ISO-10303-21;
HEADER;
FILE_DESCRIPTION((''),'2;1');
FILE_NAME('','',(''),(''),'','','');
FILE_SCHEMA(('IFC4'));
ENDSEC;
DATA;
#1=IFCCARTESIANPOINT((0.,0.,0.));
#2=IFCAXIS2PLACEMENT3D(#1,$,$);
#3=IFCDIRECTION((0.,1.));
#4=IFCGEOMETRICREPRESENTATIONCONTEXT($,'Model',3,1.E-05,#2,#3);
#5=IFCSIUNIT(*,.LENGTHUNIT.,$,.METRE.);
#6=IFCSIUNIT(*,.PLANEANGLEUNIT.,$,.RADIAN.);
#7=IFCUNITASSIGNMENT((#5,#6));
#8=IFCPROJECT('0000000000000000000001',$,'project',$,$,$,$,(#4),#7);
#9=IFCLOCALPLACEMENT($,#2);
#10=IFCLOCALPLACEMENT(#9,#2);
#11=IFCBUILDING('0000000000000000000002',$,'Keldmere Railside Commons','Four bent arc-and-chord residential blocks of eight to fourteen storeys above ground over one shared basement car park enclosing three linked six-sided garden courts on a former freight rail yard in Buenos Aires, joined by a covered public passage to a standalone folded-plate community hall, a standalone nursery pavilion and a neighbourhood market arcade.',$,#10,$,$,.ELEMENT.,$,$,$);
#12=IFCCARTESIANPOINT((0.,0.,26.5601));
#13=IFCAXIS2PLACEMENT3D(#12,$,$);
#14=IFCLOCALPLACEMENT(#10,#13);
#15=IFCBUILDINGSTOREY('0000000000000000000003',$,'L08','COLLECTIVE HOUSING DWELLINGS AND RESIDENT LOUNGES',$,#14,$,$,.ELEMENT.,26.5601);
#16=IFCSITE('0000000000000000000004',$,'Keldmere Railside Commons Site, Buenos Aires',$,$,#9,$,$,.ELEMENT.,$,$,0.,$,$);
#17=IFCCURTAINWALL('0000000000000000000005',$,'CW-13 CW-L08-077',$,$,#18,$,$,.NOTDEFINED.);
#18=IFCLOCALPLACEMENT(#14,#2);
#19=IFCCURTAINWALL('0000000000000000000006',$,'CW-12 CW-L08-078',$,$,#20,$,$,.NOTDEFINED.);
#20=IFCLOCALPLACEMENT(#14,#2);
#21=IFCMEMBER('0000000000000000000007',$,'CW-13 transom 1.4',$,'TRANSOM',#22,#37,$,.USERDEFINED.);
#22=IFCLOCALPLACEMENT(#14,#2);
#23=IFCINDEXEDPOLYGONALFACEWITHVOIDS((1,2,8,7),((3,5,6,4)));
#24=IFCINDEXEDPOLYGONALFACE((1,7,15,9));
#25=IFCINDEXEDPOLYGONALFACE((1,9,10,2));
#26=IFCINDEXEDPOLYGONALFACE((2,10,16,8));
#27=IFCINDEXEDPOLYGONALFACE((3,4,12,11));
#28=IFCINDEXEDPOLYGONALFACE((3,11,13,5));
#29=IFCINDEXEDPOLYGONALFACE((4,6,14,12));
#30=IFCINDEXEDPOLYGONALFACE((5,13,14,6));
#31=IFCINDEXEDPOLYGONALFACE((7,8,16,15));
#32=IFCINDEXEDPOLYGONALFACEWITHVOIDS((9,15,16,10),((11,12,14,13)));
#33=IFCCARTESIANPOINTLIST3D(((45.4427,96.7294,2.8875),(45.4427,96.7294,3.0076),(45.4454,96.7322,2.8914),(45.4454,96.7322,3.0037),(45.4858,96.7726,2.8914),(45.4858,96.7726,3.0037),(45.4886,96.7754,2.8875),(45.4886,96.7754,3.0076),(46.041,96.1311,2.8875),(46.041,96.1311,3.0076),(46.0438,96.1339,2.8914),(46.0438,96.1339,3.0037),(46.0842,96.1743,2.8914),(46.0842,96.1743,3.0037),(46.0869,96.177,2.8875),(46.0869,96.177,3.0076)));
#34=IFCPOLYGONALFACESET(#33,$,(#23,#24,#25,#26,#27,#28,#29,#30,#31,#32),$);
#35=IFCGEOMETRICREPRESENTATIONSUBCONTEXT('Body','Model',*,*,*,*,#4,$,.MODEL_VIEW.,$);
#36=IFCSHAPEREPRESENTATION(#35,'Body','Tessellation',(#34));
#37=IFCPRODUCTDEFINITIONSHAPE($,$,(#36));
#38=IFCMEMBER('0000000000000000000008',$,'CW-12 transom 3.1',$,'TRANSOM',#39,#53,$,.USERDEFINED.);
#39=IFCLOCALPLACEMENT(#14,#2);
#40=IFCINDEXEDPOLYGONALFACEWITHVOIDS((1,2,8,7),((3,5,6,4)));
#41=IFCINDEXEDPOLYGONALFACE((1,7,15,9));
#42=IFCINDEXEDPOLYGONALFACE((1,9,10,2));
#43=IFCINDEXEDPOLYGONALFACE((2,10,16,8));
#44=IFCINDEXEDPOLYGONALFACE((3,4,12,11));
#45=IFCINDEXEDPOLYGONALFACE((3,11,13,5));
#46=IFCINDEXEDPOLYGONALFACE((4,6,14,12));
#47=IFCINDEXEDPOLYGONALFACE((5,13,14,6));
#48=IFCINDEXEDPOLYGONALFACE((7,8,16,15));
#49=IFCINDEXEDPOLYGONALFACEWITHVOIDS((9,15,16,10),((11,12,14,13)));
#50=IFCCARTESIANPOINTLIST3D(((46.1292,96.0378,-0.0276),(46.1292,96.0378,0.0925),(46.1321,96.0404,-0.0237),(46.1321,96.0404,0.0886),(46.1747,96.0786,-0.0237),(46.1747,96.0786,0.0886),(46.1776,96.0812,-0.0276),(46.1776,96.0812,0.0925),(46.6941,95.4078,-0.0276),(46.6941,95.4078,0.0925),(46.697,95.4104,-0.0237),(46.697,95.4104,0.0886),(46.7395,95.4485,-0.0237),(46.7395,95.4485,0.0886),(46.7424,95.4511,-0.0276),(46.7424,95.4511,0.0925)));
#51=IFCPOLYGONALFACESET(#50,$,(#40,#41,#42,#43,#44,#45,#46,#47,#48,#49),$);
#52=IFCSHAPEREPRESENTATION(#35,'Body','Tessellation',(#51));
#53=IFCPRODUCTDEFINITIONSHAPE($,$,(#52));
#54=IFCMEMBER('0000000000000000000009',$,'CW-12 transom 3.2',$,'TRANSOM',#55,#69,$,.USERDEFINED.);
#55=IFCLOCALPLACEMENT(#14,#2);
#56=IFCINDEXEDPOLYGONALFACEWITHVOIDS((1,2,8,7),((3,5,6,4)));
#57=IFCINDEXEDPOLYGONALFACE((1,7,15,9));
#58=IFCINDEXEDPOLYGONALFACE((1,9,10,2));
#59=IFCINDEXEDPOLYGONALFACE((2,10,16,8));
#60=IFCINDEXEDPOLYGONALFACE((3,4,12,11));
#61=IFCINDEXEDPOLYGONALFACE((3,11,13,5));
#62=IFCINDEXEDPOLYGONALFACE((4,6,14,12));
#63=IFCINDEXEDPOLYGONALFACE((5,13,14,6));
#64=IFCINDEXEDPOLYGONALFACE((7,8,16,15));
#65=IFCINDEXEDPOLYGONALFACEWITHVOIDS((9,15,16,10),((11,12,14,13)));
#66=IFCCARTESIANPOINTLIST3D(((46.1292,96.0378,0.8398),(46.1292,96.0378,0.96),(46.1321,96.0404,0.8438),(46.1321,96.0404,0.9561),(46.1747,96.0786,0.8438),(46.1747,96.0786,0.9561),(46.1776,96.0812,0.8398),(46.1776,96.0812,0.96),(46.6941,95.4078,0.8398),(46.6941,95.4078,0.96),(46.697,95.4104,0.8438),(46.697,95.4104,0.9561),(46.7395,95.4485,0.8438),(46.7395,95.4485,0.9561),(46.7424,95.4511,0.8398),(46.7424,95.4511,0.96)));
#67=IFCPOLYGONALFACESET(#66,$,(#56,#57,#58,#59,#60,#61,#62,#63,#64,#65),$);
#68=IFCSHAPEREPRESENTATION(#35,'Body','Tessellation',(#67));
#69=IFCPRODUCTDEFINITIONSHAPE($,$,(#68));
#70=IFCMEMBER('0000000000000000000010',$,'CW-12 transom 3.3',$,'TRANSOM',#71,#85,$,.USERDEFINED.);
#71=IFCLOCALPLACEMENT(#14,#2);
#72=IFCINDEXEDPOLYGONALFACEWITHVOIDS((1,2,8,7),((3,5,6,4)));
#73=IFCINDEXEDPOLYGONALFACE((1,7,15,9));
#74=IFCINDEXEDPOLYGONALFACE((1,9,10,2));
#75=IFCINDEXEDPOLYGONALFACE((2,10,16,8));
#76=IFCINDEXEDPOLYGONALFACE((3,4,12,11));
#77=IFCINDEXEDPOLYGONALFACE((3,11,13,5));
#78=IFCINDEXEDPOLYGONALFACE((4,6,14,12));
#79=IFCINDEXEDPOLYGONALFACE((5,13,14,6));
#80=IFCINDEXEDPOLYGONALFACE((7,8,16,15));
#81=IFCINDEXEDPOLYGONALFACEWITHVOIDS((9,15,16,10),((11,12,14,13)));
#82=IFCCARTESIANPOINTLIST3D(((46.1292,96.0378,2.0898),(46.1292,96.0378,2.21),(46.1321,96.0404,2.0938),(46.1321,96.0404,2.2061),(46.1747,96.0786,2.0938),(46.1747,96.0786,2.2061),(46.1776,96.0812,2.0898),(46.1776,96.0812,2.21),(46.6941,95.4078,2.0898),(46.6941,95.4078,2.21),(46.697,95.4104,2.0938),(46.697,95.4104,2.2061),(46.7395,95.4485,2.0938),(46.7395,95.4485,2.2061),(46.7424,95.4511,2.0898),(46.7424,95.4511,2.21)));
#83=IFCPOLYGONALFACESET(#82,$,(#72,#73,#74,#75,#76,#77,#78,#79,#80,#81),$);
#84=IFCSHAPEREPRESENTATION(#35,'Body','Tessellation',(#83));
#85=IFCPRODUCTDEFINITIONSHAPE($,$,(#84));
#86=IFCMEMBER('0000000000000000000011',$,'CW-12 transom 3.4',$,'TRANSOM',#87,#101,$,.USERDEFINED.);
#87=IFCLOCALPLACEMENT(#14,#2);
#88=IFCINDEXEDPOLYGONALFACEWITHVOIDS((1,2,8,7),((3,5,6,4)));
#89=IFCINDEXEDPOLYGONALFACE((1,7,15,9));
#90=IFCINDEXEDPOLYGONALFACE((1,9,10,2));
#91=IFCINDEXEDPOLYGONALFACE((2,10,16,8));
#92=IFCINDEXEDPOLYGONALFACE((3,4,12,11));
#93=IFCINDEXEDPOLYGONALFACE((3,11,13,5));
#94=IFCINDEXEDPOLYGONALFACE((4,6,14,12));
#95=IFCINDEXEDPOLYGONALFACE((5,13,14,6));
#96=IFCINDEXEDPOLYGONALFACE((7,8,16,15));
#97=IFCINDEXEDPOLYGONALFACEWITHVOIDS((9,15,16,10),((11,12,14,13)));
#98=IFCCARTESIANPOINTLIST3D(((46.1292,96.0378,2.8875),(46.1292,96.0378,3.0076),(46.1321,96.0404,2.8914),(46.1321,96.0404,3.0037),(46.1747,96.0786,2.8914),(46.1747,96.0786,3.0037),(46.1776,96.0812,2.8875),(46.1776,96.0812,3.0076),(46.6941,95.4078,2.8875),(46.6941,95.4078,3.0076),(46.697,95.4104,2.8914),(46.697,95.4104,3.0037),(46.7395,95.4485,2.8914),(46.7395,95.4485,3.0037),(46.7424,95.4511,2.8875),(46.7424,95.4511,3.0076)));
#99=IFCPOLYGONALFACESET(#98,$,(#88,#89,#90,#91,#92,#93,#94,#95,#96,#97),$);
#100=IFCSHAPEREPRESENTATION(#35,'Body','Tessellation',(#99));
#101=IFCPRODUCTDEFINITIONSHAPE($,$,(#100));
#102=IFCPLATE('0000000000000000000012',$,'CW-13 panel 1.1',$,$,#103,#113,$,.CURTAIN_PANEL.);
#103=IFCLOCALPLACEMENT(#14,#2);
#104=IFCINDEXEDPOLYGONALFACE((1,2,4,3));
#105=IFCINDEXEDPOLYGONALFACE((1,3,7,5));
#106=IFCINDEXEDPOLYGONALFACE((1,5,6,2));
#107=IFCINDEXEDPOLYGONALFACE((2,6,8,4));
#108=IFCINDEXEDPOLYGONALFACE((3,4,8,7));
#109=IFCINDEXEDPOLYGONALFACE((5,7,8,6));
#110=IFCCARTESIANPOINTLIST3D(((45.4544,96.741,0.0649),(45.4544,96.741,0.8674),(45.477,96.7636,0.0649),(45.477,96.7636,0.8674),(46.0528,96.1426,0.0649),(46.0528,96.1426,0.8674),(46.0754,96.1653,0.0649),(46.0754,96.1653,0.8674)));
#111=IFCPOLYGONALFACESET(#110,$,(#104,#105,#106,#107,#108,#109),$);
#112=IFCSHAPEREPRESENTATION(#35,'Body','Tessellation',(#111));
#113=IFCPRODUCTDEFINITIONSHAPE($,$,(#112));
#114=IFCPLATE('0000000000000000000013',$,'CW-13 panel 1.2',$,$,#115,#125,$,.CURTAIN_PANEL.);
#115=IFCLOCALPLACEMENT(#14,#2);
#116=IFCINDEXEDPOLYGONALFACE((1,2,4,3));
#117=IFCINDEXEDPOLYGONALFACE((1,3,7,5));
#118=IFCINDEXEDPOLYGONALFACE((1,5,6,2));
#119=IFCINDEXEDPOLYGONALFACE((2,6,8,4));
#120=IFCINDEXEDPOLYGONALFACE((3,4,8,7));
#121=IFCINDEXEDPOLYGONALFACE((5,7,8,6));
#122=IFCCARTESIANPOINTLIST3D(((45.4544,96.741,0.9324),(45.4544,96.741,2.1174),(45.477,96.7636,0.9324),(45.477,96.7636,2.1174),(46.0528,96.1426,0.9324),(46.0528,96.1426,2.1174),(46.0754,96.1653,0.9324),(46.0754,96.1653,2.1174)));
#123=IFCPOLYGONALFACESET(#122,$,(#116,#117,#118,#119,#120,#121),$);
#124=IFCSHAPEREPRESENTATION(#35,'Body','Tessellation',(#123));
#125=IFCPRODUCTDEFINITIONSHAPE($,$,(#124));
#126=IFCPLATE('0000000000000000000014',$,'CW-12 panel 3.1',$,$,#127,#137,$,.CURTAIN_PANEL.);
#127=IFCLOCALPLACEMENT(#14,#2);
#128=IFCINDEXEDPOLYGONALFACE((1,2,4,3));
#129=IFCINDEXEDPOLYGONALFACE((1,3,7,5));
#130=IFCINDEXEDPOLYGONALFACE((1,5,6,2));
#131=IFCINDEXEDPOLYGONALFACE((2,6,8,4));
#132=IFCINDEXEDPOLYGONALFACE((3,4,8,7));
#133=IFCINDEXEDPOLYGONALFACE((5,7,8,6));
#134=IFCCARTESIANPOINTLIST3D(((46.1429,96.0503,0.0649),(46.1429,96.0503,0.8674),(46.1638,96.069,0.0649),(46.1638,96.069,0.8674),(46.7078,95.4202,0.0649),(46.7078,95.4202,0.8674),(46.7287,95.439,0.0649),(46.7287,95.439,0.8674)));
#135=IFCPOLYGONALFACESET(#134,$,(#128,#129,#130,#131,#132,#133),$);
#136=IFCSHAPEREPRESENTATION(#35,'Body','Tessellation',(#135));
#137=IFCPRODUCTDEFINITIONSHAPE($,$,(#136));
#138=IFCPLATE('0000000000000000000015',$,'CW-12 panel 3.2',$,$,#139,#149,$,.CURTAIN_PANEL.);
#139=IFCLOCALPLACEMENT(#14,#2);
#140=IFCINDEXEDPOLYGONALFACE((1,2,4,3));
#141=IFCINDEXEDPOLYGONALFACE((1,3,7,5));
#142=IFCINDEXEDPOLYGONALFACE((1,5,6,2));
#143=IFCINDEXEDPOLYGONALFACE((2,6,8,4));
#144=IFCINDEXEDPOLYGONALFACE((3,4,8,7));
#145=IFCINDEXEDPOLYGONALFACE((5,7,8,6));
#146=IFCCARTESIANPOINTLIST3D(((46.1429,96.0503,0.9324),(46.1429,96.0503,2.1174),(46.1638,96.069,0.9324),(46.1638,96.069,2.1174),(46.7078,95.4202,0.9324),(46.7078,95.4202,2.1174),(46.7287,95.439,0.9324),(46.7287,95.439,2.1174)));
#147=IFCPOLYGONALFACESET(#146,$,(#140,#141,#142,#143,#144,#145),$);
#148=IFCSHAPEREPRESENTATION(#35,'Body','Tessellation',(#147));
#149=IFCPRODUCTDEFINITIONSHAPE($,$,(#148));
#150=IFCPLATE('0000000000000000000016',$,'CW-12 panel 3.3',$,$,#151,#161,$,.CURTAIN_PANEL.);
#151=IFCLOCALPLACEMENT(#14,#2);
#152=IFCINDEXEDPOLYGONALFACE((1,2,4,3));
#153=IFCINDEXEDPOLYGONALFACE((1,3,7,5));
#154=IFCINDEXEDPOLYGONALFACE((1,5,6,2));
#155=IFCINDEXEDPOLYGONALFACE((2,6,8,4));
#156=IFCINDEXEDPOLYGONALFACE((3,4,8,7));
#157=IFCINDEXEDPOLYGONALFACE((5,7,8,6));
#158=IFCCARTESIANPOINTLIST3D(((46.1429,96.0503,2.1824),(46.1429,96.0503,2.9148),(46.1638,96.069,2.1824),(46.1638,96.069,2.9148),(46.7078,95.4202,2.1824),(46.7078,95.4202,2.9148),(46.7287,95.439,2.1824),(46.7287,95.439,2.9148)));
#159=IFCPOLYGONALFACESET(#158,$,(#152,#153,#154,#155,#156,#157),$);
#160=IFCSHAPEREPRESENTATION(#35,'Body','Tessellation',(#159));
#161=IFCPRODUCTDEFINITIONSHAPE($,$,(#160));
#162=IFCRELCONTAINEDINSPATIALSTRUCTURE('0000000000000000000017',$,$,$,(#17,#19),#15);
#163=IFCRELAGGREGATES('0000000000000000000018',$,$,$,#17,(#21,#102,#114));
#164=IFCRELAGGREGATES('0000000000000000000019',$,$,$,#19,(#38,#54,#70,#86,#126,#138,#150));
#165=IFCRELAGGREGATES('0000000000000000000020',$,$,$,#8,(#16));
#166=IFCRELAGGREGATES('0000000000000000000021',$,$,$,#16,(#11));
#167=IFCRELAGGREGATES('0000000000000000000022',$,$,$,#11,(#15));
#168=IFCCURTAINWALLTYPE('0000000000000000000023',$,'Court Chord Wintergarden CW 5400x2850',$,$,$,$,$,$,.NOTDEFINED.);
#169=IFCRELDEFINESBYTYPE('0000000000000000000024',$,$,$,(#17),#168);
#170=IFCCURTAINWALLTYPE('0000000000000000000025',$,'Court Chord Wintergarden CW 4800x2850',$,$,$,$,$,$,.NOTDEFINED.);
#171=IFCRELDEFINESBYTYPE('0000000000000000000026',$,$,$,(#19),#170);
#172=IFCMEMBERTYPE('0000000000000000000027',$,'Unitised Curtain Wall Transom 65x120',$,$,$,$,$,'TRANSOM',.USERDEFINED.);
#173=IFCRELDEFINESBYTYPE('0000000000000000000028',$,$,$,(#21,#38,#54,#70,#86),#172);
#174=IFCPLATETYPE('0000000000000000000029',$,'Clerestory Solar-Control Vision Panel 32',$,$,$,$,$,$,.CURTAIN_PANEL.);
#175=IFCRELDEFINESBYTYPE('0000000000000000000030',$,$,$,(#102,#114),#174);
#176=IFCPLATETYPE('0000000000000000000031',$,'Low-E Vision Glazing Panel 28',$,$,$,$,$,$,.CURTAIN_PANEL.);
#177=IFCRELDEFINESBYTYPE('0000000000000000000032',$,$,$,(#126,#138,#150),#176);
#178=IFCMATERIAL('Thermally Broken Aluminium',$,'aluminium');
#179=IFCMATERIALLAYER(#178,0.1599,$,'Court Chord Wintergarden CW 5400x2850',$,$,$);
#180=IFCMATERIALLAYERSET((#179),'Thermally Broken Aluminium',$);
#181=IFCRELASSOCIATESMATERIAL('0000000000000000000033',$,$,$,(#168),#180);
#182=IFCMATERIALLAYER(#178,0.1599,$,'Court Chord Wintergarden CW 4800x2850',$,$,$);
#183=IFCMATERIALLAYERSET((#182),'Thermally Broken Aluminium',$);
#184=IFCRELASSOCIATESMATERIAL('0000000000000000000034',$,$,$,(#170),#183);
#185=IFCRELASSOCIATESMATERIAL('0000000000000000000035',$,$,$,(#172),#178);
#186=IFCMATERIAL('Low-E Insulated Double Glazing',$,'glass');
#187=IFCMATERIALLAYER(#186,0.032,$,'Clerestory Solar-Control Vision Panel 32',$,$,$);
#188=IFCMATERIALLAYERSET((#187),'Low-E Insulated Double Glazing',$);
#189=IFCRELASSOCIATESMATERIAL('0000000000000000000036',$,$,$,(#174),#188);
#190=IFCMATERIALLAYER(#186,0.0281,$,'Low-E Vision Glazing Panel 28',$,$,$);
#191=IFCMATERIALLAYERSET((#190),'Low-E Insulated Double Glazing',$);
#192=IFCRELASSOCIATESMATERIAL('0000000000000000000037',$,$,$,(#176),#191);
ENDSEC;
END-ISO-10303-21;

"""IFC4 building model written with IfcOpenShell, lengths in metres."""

from ifc_helpers import new_model, si_unit, direction, frame, origin, origin_2d, place, context, subcontext, project, spatial, rectangle, hollow_rectangle, extrude, material, layer, layer_set, material_profile, profile_set, type_object, element, aggregate, save


model = new_model("IFC4")

# Units and contexts
model_context = context("Model", 3, precision=1e-05, world=origin(), true_north=direction((0.0, 1.0)))
body_context = subcontext(model_context, "Body", "Model", "MODEL_VIEW")
ifc_project = project(units=[si_unit("LENGTHUNIT", "METRE"), si_unit("PLANEANGLEUNIT", "RADIAN")], contexts=[model_context])

# Site, building, storey
site_placement = place(None, origin())
site = spatial("IfcSite", under=ifc_project, at=site_placement, Name="Keldmere Railside Commons Site, Buenos Aires", CompositionType="ELEMENT", RefElevation=0.0)
building_placement = place(site_placement, origin())
building = spatial("IfcBuilding", under=site, at=building_placement, Name="Keldmere Railside Commons", Description="Four bent arc-and-chord residential blocks of eight to fourteen storeys above ground over one shared basement car park enclosing three linked six-sided garden courts on a former freight rail yard in Buenos Aires, joined by a covered public passage to a standalone folded-plate community hall, a standalone nursery pavilion and a neighbourhood market arcade.", CompositionType="ELEMENT")
storey_placement = place(building_placement, frame((0.0, 0.0, 26.5601)))
storey = spatial("IfcBuildingStorey", under=building, at=storey_placement, Name="L08", Description="COLLECTIVE HOUSING DWELLINGS AND RESIDENT LOUNGES", CompositionType="ELEMENT", Elevation=26.5601)

# Curtain wall
ifc_material_1 = material(Name="Thermally Broken Aluminium", Category="aluminium")
ifc_layer_1 = layer(ifc_material_1, 0.1599, Name="Court Chord Wintergarden CW 5400x2850")
ifc_layer_set_1 = layer_set([ifc_layer_1], Name="Thermally Broken Aluminium")
curtain_wall_type_1 = type_object("IfcCurtainWallType", Name="Court Chord Wintergarden CW 5400x2850", PredefinedType="NOTDEFINED", material=ifc_layer_set_1)
curtain_wall_1_placement = place(storey_placement, origin())
curtain_wall_1 = element("IfcCurtainWall", 1, at=curtain_wall_1_placement, inside=storey, type_object=curtain_wall_type_1, Name="CW-13 CW-L08-077", PredefinedType="NOTDEFINED")

# Curtain wall
ifc_layer_2 = layer(ifc_material_1, 0.1599, Name="Court Chord Wintergarden CW 4800x2850")
ifc_layer_set_2 = layer_set([ifc_layer_2], Name="Thermally Broken Aluminium")
curtain_wall_type_2 = type_object("IfcCurtainWallType", Name="Court Chord Wintergarden CW 4800x2850", PredefinedType="NOTDEFINED", material=ifc_layer_set_2)
curtain_wall_2_placement = place(storey_placement, origin())
curtain_wall_2 = element("IfcCurtainWall", 2, at=curtain_wall_2_placement, inside=storey, type_object=curtain_wall_type_2, Name="CW-12 CW-L08-078", PredefinedType="NOTDEFINED")

# Members
ifc_material_profile_1 = material_profile(ifc_material_1, hollow_rectangle(XDim=0.0649, YDim=0.1201, WallThickness=0.0039, at=origin_2d()), Name="ALU-TRAN-65x120")
ifc_profile_set_1 = profile_set([ifc_material_profile_1], Name="Thermally Broken Aluminium")
member_type_1 = type_object("IfcMemberType", Name="Unitised Curtain Wall Transom 65x120", ElementType="TRANSOM", PredefinedType="USERDEFINED", material=ifc_profile_set_1)
member_1_placement = place(storey_placement, frame((46.064, 96.1541, 2.9475), z_axis=(-0.707107, 0.707107, 0.0), x_axis=(-0.707107, -0.707107, 0.0)))
member_1 = element("IfcMember", 3, at=member_1_placement, type_object=member_type_1, Name="CW-13 transom 1.4", ObjectType="TRANSOM", PredefinedType="USERDEFINED", context=body_context, shape_type="SweptSolid", body=[
    extrude(hollow_rectangle(XDim=0.0649, YDim=0.1201, WallThickness=0.0039, at=origin_2d()), origin(), (0.0, 0.0, 1.0), 0.8462),
])
member_2_placement = place(storey_placement, frame((46.7183, 95.4294, 0.0325), z_axis=(-0.667545, 0.744569, 0.0), x_axis=(-0.744569, -0.667545, 0.0)))
member_2 = element("IfcMember", 4, at=member_2_placement, type_object=member_type_1, Name="CW-12 transom 3.1", ObjectType="TRANSOM", PredefinedType="USERDEFINED", context=body_context, shape_type="SweptSolid", body=[
    extrude(hollow_rectangle(XDim=0.0649, YDim=0.1201, WallThickness=0.0039, at=origin_2d()), origin(), (0.0, 0.0, 1.0), 0.8462),
])
member_3_placement = place(storey_placement, frame((46.7183, 95.4294, 0.8999), z_axis=(-0.667545, 0.744569, 0.0), x_axis=(-0.744569, -0.667545, 0.0)))
member_3 = element("IfcMember", 5, at=member_3_placement, type_object=member_type_1, Name="CW-12 transom 3.2", ObjectType="TRANSOM", PredefinedType="USERDEFINED", context=body_context, shape_type="SweptSolid", body=[
    extrude(hollow_rectangle(XDim=0.0649, YDim=0.1201, WallThickness=0.0039, at=origin_2d()), origin(), (0.0, 0.0, 1.0), 0.8462),
])
member_4_placement = place(storey_placement, frame((46.7183, 95.4294, 2.1499), z_axis=(-0.667545, 0.744569, 0.0), x_axis=(-0.744569, -0.667545, 0.0)))
member_4 = element("IfcMember", 6, at=member_4_placement, type_object=member_type_1, Name="CW-12 transom 3.3", ObjectType="TRANSOM", PredefinedType="USERDEFINED", context=body_context, shape_type="SweptSolid", body=[
    extrude(hollow_rectangle(XDim=0.0649, YDim=0.1201, WallThickness=0.0039, at=origin_2d()), origin(), (0.0, 0.0, 1.0), 0.8462),
])
member_5_placement = place(storey_placement, frame((46.7183, 95.4294, 2.9475), z_axis=(-0.667545, 0.744569, 0.0), x_axis=(-0.744569, -0.667545, 0.0)))
member_5 = element("IfcMember", 7, at=member_5_placement, type_object=member_type_1, Name="CW-12 transom 3.4", ObjectType="TRANSOM", PredefinedType="USERDEFINED", context=body_context, shape_type="SweptSolid", body=[
    extrude(hollow_rectangle(XDim=0.0649, YDim=0.1201, WallThickness=0.0039, at=origin_2d()), origin(), (0.0, 0.0, 1.0), 0.8462),
])

# Plates
ifc_material_2 = material(Name="Low-E Insulated Double Glazing", Category="glass")
ifc_layer_3 = layer(ifc_material_2, 0.032, Name="Clerestory Solar-Control Vision Panel 32")
ifc_layer_set_3 = layer_set([ifc_layer_3], Name="Low-E Insulated Double Glazing")
plate_type_1 = type_object("IfcPlateType", Name="Clerestory Solar-Control Vision Panel 32", PredefinedType="CURTAIN_PANEL", material=ifc_layer_set_3)
plate_1_placement = place(storey_placement, frame((45.7649, 96.4531, 0.0649), z_axis=(0.0, 0.0, 1.0), x_axis=(-0.707107, 0.707107, 0.0)))
plate_1 = element("IfcPlate", 8, at=plate_1_placement, type_object=plate_type_1, Name="CW-13 panel 1.1", PredefinedType="CURTAIN_PANEL", context=body_context, shape_type="SweptSolid", body=[
    extrude(rectangle(XDim=0.8462, YDim=0.032, at=origin_2d()), origin(), (0.0, 0.0, 1.0), 0.8025),
])
plate_2_placement = place(storey_placement, frame((45.7649, 96.4531, 0.9324), z_axis=(0.0, 0.0, 1.0), x_axis=(-0.707107, 0.707107, 0.0)))
plate_2 = element("IfcPlate", 9, at=plate_2_placement, type_object=plate_type_1, Name="CW-13 panel 1.2", PredefinedType="CURTAIN_PANEL", context=body_context, shape_type="SweptSolid", body=[
    extrude(rectangle(XDim=0.8462, YDim=0.032, at=origin_2d()), origin(), (0.0, 0.0, 1.0), 1.1851),
])
aggregate(curtain_wall_1, [member_1, plate_1, plate_2])
ifc_layer_4 = layer(ifc_material_2, 0.0281, Name="Low-E Vision Glazing Panel 28")
ifc_layer_set_4 = layer_set([ifc_layer_4], Name="Low-E Insulated Double Glazing")
plate_type_2 = type_object("IfcPlateType", Name="Low-E Vision Glazing Panel 28", PredefinedType="CURTAIN_PANEL", material=ifc_layer_set_4)
plate_3_placement = place(storey_placement, frame((46.4358, 95.7446, 0.0649), z_axis=(0.0, 0.0, 1.0), x_axis=(-0.667559, 0.744557, 0.0)))
plate_3 = element("IfcPlate", 10, at=plate_3_placement, type_object=plate_type_2, Name="CW-12 panel 3.1", PredefinedType="CURTAIN_PANEL", context=body_context, shape_type="SweptSolid", body=[
    extrude(rectangle(XDim=0.8462, YDim=0.0281, at=origin_2d()), origin(), (0.0, 0.0, 1.0), 0.8025),
])
plate_4_placement = place(storey_placement, frame((46.4358, 95.7446, 0.9324), z_axis=(0.0, 0.0, 1.0), x_axis=(-0.667559, 0.744557, 0.0)))
plate_4 = element("IfcPlate", 11, at=plate_4_placement, type_object=plate_type_2, Name="CW-12 panel 3.2", PredefinedType="CURTAIN_PANEL", context=body_context, shape_type="SweptSolid", body=[
    extrude(rectangle(XDim=0.8462, YDim=0.0281, at=origin_2d()), origin(), (0.0, 0.0, 1.0), 1.1851),
])
plate_5_placement = place(storey_placement, frame((46.4358, 95.7446, 2.1824), z_axis=(0.0, 0.0, 1.0), x_axis=(-0.667559, 0.744557, 0.0)))
plate_5 = element("IfcPlate", 12, at=plate_5_placement, type_object=plate_type_2, Name="CW-12 panel 3.3", PredefinedType="CURTAIN_PANEL", context=body_context, shape_type="SweptSolid", body=[
    extrude(rectangle(XDim=0.8462, YDim=0.0281, at=origin_2d()), origin(), (0.0, 0.0, 1.0), 0.7324),
])
aggregate(curtain_wall_2, [member_2, member_3, member_4, member_5, plate_3, plate_4, plate_5])

save(model, "model.ifc")
